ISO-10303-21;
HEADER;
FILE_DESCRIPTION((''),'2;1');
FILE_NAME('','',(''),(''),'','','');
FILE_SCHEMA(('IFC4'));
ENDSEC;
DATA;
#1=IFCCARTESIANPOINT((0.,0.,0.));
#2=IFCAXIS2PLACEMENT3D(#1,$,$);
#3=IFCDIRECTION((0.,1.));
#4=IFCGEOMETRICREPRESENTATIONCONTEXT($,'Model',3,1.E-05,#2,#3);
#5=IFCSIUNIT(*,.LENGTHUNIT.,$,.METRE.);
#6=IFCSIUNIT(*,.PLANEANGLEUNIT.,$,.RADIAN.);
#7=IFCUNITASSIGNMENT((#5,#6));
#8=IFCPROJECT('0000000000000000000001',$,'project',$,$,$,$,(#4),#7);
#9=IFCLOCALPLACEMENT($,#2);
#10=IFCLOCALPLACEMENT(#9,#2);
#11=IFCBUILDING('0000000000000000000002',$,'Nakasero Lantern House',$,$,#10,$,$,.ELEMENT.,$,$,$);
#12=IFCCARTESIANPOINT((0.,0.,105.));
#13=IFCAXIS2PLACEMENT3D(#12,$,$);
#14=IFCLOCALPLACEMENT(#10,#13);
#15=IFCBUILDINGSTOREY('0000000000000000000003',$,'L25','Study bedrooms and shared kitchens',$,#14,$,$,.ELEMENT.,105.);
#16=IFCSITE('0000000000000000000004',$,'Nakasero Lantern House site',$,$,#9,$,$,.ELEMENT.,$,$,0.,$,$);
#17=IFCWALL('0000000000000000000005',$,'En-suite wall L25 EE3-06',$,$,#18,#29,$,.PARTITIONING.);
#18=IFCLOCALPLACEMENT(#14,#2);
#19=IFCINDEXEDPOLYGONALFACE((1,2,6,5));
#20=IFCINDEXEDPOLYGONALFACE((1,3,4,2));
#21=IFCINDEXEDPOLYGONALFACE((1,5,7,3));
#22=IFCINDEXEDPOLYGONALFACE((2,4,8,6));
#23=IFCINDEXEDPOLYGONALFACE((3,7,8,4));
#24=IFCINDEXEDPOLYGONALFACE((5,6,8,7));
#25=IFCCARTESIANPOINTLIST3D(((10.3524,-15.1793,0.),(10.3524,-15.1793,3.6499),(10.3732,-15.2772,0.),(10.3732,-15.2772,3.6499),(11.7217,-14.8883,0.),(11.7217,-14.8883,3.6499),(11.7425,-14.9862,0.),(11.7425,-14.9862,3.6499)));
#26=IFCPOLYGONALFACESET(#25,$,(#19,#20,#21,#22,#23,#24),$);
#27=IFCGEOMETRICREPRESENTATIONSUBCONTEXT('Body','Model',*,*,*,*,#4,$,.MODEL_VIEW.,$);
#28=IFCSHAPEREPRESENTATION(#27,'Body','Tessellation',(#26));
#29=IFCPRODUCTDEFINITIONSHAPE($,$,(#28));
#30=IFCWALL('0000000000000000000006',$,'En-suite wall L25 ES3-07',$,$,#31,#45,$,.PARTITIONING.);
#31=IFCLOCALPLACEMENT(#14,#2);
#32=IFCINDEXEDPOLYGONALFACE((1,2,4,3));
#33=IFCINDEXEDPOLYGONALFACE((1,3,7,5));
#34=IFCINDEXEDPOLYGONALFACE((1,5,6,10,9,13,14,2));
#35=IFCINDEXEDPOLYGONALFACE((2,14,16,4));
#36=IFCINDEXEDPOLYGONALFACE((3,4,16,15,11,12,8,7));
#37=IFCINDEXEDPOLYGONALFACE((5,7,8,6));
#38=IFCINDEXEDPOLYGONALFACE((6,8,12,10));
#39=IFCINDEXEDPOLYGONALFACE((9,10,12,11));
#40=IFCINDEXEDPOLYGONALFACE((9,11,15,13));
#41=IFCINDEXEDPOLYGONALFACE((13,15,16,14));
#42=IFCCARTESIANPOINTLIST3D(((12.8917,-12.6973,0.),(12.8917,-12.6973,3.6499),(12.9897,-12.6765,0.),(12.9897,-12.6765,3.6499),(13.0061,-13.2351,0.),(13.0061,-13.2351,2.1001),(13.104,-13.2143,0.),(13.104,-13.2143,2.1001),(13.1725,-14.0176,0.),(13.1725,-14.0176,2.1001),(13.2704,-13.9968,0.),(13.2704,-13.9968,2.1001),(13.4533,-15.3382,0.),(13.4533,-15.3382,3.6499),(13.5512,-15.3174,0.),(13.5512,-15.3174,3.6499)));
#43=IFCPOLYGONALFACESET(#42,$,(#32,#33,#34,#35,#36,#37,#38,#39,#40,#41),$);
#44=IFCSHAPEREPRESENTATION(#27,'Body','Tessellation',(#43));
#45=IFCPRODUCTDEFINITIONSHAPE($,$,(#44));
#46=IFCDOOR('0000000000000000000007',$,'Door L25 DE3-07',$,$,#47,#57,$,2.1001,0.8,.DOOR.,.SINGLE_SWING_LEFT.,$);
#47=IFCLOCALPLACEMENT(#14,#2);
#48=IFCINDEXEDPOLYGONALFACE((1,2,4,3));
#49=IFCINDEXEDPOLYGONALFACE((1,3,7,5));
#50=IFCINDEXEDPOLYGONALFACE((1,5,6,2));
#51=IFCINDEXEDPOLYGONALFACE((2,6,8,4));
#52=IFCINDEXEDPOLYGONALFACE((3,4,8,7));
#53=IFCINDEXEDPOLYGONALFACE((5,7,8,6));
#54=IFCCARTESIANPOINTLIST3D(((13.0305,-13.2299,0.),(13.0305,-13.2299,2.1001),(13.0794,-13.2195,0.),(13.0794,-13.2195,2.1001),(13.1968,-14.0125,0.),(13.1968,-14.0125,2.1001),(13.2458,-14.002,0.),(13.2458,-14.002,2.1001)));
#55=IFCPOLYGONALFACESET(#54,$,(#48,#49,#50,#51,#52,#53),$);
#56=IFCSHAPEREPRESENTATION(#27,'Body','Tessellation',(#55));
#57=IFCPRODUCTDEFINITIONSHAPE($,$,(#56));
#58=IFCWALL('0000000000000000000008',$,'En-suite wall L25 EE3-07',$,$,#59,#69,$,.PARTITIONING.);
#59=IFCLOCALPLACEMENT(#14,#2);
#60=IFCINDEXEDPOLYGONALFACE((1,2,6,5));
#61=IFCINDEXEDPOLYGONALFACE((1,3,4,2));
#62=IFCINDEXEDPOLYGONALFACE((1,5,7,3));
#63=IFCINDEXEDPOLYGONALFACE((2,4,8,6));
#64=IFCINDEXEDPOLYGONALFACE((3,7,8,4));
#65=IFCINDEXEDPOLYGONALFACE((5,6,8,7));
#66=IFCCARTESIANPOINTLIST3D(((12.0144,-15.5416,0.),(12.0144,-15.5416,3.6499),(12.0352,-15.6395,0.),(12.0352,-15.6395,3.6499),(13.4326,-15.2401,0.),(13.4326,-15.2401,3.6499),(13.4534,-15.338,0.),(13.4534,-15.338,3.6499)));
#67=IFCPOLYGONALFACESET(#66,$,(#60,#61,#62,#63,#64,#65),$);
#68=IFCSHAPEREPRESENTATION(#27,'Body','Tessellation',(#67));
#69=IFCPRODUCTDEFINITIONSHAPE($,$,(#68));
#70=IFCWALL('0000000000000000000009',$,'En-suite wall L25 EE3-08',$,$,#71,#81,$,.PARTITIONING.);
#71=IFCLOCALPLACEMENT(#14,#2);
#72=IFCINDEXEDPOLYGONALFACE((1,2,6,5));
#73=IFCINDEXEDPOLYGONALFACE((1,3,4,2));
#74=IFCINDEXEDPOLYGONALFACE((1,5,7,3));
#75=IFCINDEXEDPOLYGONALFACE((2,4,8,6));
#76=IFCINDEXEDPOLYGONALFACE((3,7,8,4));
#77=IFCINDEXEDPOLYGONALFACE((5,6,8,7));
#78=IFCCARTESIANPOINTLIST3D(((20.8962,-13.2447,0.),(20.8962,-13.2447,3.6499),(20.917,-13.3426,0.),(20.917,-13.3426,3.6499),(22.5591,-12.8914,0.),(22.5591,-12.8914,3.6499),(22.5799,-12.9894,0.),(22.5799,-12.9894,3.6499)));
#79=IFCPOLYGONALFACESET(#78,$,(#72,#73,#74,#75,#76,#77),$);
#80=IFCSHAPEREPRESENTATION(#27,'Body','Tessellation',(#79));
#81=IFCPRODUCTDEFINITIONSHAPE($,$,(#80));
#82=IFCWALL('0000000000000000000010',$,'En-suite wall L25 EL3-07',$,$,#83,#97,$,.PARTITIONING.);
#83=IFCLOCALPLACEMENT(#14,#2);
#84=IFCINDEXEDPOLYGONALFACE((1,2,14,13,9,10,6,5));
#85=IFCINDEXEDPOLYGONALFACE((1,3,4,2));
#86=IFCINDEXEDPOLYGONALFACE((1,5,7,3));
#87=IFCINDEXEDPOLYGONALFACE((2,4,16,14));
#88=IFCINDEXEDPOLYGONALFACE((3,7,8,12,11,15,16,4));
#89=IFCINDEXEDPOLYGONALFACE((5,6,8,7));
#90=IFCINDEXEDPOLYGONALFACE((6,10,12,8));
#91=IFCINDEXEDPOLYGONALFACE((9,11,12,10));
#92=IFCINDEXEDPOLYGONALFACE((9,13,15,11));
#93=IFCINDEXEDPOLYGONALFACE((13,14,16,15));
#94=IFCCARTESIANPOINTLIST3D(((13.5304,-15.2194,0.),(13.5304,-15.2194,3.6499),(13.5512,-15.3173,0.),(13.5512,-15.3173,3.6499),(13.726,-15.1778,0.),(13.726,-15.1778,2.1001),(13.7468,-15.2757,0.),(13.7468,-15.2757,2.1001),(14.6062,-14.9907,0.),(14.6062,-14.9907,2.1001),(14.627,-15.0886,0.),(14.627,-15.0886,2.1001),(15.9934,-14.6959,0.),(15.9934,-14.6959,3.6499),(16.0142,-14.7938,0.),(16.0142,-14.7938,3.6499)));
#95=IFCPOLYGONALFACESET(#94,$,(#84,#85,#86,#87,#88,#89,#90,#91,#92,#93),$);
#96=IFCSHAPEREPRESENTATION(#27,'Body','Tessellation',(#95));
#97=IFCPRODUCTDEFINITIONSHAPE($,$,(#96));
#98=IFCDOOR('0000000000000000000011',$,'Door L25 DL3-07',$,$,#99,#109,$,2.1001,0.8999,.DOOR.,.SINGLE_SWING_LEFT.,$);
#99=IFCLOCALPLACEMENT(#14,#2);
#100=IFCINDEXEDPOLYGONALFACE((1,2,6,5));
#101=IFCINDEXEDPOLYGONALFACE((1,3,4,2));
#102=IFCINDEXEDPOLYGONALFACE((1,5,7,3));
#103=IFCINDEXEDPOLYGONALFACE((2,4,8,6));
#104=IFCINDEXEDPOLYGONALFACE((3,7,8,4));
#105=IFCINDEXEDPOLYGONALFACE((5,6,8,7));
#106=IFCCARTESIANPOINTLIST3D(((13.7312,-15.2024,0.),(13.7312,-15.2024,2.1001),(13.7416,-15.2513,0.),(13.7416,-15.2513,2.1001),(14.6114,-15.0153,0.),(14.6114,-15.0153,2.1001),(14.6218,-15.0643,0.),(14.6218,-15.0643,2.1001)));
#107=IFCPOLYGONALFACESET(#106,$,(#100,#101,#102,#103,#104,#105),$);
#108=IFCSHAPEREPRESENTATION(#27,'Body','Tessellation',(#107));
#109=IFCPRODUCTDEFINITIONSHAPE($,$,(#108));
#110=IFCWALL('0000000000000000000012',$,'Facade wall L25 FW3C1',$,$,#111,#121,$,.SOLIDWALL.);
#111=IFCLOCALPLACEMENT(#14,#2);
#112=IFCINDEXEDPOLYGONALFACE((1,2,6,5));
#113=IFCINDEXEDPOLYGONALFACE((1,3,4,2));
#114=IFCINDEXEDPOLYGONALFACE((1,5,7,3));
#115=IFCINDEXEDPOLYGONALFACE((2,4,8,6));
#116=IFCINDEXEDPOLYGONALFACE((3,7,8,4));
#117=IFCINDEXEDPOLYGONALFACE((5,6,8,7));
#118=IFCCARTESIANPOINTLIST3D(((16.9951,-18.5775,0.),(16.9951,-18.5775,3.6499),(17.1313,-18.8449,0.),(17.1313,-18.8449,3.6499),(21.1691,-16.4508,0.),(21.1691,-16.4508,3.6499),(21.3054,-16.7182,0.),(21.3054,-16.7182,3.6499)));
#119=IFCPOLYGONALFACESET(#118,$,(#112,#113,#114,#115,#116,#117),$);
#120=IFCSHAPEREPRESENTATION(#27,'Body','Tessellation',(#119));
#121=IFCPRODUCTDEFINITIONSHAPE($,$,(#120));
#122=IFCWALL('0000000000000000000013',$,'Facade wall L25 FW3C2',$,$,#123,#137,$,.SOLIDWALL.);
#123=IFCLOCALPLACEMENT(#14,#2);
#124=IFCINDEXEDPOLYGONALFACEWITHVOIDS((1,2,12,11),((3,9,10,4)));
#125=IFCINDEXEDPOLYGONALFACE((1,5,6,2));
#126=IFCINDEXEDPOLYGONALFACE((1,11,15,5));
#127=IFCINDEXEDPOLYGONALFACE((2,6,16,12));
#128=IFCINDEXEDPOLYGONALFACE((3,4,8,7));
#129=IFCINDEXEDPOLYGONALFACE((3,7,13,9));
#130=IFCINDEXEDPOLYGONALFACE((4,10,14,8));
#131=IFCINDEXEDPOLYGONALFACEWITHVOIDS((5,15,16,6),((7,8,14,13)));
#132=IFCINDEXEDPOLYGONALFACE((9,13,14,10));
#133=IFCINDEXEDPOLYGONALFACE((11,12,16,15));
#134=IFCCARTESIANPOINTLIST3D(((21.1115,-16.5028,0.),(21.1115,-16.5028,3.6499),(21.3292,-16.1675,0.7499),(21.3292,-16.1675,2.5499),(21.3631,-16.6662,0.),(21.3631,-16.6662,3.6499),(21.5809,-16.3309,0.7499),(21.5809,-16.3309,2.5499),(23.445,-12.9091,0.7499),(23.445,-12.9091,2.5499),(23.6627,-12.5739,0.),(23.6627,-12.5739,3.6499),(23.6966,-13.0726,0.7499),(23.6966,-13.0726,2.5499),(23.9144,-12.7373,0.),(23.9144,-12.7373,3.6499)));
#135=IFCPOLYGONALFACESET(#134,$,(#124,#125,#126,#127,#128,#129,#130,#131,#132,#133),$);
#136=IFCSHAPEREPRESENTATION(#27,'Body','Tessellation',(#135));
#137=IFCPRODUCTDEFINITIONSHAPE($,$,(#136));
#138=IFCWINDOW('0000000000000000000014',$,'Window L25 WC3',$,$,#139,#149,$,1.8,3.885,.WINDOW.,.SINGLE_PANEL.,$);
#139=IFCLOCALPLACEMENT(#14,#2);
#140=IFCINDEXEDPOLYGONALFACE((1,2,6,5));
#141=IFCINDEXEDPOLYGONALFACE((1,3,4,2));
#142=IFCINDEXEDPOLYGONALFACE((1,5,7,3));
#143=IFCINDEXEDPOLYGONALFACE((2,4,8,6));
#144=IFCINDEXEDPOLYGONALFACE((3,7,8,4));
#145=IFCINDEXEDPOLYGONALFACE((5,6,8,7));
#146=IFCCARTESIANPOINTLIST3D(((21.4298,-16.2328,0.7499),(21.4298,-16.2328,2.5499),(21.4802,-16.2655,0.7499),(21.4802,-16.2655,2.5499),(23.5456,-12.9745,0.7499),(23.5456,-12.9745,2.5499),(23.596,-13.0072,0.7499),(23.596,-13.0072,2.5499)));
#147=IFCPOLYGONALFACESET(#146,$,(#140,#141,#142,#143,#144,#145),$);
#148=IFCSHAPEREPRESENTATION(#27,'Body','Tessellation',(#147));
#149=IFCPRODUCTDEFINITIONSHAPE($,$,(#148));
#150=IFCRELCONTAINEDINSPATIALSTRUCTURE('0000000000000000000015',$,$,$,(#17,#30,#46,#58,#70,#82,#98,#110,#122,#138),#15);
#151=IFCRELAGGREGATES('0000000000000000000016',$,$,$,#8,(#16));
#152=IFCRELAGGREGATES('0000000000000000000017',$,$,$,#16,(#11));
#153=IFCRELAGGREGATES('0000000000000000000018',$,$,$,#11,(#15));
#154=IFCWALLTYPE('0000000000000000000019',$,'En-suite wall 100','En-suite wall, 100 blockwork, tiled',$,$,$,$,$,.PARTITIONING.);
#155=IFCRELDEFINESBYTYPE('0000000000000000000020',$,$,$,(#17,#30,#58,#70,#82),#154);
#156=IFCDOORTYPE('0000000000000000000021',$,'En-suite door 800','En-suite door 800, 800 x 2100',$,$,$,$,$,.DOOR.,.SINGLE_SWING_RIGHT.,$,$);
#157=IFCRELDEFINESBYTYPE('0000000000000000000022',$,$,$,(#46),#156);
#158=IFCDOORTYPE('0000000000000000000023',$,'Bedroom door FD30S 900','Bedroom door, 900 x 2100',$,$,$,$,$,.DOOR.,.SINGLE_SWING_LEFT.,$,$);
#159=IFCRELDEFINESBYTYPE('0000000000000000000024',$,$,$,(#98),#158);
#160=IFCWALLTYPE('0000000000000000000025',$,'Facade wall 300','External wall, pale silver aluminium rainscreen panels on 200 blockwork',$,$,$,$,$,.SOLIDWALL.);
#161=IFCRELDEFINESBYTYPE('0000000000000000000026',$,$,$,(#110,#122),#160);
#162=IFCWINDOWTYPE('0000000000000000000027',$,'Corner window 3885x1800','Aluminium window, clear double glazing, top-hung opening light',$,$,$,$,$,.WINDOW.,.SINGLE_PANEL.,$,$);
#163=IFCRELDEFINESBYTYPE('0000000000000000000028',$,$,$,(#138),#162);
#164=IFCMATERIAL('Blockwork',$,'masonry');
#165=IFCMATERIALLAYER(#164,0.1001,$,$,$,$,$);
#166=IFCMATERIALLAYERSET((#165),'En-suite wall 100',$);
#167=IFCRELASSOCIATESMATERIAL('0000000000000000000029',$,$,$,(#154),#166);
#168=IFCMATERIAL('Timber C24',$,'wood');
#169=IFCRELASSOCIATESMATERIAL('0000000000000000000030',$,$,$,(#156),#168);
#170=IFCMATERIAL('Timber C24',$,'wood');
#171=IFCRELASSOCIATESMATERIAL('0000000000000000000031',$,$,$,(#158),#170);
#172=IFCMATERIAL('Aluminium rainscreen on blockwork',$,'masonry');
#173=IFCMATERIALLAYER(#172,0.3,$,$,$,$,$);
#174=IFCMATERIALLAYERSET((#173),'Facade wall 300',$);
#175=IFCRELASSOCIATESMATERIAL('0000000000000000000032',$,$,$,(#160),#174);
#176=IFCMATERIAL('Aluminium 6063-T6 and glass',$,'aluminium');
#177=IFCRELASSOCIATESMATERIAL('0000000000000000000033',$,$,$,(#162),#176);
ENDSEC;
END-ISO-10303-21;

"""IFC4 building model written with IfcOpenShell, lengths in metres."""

from ifc_helpers import new_model, si_unit, direction, frame, frame_2d, origin, place, context, subcontext, project, spatial, rectangle, extrude, material, layer, layer_set, type_object, element, fill, save


model = new_model("IFC4")

# Units and contexts
model_context = context("Model", 3, precision=1e-05, world=origin(), true_north=direction((0.0, 1.0)))
body_context = subcontext(model_context, "Body", "Model", "MODEL_VIEW")
ifc_project = project(units=[si_unit("LENGTHUNIT", "METRE"), si_unit("PLANEANGLEUNIT", "RADIAN")], contexts=[model_context])

# Site, building, storey
site_placement = place(None, origin())
site = spatial("IfcSite", under=ifc_project, at=site_placement, Name="Nakasero Lantern House site", CompositionType="ELEMENT", RefElevation=0.0)
building_placement = place(site_placement, origin())
building = spatial("IfcBuilding", under=site, at=building_placement, Name="Nakasero Lantern House", CompositionType="ELEMENT")
storey_placement = place(building_placement, frame((0.0, 0.0, 105.0)))
storey = spatial("IfcBuildingStorey", under=building, at=storey_placement, Name="L25", Description="Study bedrooms and shared kitchens", CompositionType="ELEMENT", Elevation=105.0)

# Shared definitions
ifc_material_1 = material(Name="Blockwork", Category="masonry")
ifc_layer_1 = layer(ifc_material_1, 0.1001)
ifc_layer_set_1 = layer_set([ifc_layer_1], Name="En-suite wall 100")
wall_type_1 = type_object("IfcWallType", Name="En-suite wall 100", Description="En-suite wall, 100 blockwork, tiled", PredefinedType="PARTITIONING", material=ifc_layer_set_1)
ifc_material_2 = material(Name="Timber C24", Category="wood")
door_type_1 = type_object("IfcDoorType", Name="En-suite door 800", Description="En-suite door 800, 800 x 2100", OperationType="SINGLE_SWING_RIGHT", PredefinedType="DOOR", material=ifc_material_2)

# Wall
wall_1_placement = place(storey_placement, frame((10.3628, -15.2283, 0.0), z_axis=(0.0, 0.0, 1.0), x_axis=(0.978156, 0.207873, 0.0)))
element("IfcWall", 1, at=wall_1_placement, inside=storey, type_object=wall_type_1, Name="En-suite wall L25 EE3-06", PredefinedType="PARTITIONING", context=body_context, shape_type="SweptSolid", body=[
    extrude(rectangle(XDim=1.3999, YDim=0.1001, at=frame_2d((0.7, 0.0))), origin(), (0.0, 0.0, 1.0), 3.6499),
])

# Wall, opening, door
wall_2_placement = place(storey_placement, frame((12.9407, -12.6868, 0.0), z_axis=(0.0, 0.0, 1.0), x_axis=(0.207979, -0.978133, 0.0)))
wall_2 = element("IfcWall", 2, at=wall_2_placement, inside=storey, type_object=wall_type_1, Name="En-suite wall L25 ES3-07", PredefinedType="PARTITIONING", context=body_context, shape_type="SweptSolid", body=[
    extrude(rectangle(XDim=2.7, YDim=0.1001, at=frame_2d((1.3501, 0.0))), origin(), (0.0, 0.0, 1.0), 3.6499),
])
opening_1_placement = place(wall_2_placement, frame((0.55, 0.0, 0.0)))
opening_1 = element("IfcOpeningElement", 3, at=opening_1_placement, cuts=wall_2, PredefinedType="OPENING", context=body_context, shape_type="SweptSolid", body=[
    extrude(rectangle(XDim=0.8, YDim=2.1001, at=frame_2d((0.3999, 1.05))), frame((0.0, 0.0701, 0.0), z_axis=(0.0, -1.0, 0.0), x_axis=(1.0, 0.0, 0.0)), (0.0, 0.0, 1.0), 0.1401),
])
door_1_placement = place(opening_1_placement, origin())
door_1 = element("IfcDoor", 4, at=door_1_placement, inside=storey, type_object=door_type_1, Name="Door L25 DE3-07", OperationType="SINGLE_SWING_LEFT", OverallHeight=2.1001, OverallWidth=0.8, PredefinedType="DOOR", context=body_context, shape_type="SweptSolid", body=[
    extrude(rectangle(XDim=0.8, YDim=2.1001, at=frame_2d((0.3999, 1.05))), frame((0.0, 0.0249, 0.0), z_axis=(0.0, -1.0, 0.0), x_axis=(1.0, 0.0, 0.0)), (0.0, 0.0, 1.0), 0.05),
])
fill(opening_1, door_1)

# Walls
wall_3_placement = place(storey_placement, frame((12.0247, -15.5906, 0.0), z_axis=(0.0, 0.0, 1.0), x_axis=(0.978139, 0.207953, 0.0)))
element("IfcWall", 5, at=wall_3_placement, inside=storey, type_object=wall_type_1, Name="En-suite wall L25 EE3-07", PredefinedType="PARTITIONING", context=body_context, shape_type="SweptSolid", body=[
    extrude(rectangle(XDim=1.45, YDim=0.1001, at=frame_2d((0.7251, 0.0))), origin(), (0.0, 0.0, 1.0), 3.6499),
])
wall_4_placement = place(storey_placement, frame((20.9065, -13.2937, 0.0), z_axis=(0.0, 0.0, 1.0), x_axis=(0.978169, 0.207812, 0.0)))
element("IfcWall", 6, at=wall_4_placement, inside=storey, type_object=wall_type_1, Name="En-suite wall L25 EE3-08", PredefinedType="PARTITIONING", context=body_context, shape_type="SweptSolid", body=[
    extrude(rectangle(XDim=1.7, YDim=0.1001, at=frame_2d((0.8501, 0.0))), origin(), (0.0, 0.0, 1.0), 3.6499),
])

# Wall, opening, door
wall_5_placement = place(storey_placement, frame((13.5408, -15.2683, 0.0), z_axis=(0.0, 0.0, 1.0), x_axis=(0.978157, 0.207867, 0.0)))
wall_5 = element("IfcWall", 7, at=wall_5_placement, inside=storey, type_object=wall_type_1, Name="En-suite wall L25 EL3-07", PredefinedType="PARTITIONING", context=body_context, shape_type="SweptSolid", body=[
    extrude(rectangle(XDim=2.5181, YDim=0.1001, at=frame_2d((1.259, 0.0))), origin(), (0.0, 0.0, 1.0), 3.6499),
])
opening_2_placement = place(wall_5_placement, frame((0.2, 0.0, 0.0)))
opening_2 = element("IfcOpeningElement", 8, at=opening_2_placement, cuts=wall_5, PredefinedType="OPENING", context=body_context, shape_type="SweptSolid", body=[
    extrude(rectangle(XDim=0.8999, YDim=2.1001, at=frame_2d((0.45, 1.05))), frame((0.0, 0.0701, 0.0), z_axis=(0.0, -1.0, 0.0), x_axis=(1.0, 0.0, 0.0)), (0.0, 0.0, 1.0), 0.1401),
])
ifc_material_3 = material(Name="Timber C24", Category="wood")
door_type_2 = type_object("IfcDoorType", Name="Bedroom door FD30S 900", Description="Bedroom door, 900 x 2100", OperationType="SINGLE_SWING_LEFT", PredefinedType="DOOR", material=ifc_material_3)
door_2_placement = place(opening_2_placement, origin())
door_2 = element("IfcDoor", 9, at=door_2_placement, inside=storey, type_object=door_type_2, Name="Door L25 DL3-07", OperationType="SINGLE_SWING_LEFT", OverallHeight=2.1001, OverallWidth=0.8999, PredefinedType="DOOR", context=body_context, shape_type="SweptSolid", body=[
    extrude(rectangle(XDim=0.8999, YDim=2.1001, at=frame_2d((0.45, 1.05))), frame((0.0, 0.0249, 0.0), z_axis=(0.0, -1.0, 0.0), x_axis=(1.0, 0.0, 0.0)), (0.0, 0.0, 1.0), 0.05),
])
fill(opening_2, door_2)

# Wall
ifc_material_4 = material(Name="Aluminium rainscreen on blockwork", Category="masonry")
ifc_layer_2 = layer(ifc_material_4, 0.3)
ifc_layer_set_2 = layer_set([ifc_layer_2], Name="Facade wall 300")
wall_type_2 = type_object("IfcWallType", Name="Facade wall 300", Description="External wall, pale silver aluminium rainscreen panels on 200 blockwork", PredefinedType="SOLIDWALL", material=ifc_layer_set_2)
wall_6_placement = place(storey_placement, frame((17.0632, -18.7112, 0.0), z_axis=(0.0, 0.0, 1.0), x_axis=(0.891014, 0.453976, 0.0)))
element("IfcWall", 10, at=wall_6_placement, inside=storey, type_object=wall_type_2, Name="Facade wall L25 FW3C1", PredefinedType="SOLIDWALL", context=body_context, shape_type="SweptSolid", body=[
    extrude(rectangle(XDim=4.6846, YDim=0.3, at=frame_2d((2.3423, 0.0))), origin(), (0.0, 0.0, 1.0), 3.6499),
])

# Wall, opening, window
wall_7_placement = place(storey_placement, frame((21.2373, -16.5845, 0.0), z_axis=(0.0, 0.0, 1.0), x_axis=(0.544605, 0.838692, 0.0)))
wall_7 = element("IfcWall", 11, at=wall_7_placement, inside=storey, type_object=wall_type_2, Name="Facade wall L25 FW3C2", PredefinedType="SOLIDWALL", context=body_context, shape_type="SweptSolid", body=[
    extrude(rectangle(XDim=4.6846, YDim=0.3, at=frame_2d((2.3423, 0.0))), origin(), (0.0, 0.0, 1.0), 3.6499),
])
opening_3_placement = place(wall_7_placement, frame((0.3999, 0.0, 0.75)))
opening_3 = element("IfcOpeningElement", 12, at=opening_3_placement, cuts=wall_7, PredefinedType="OPENING", context=body_context, shape_type="SweptSolid", body=[
    extrude(rectangle(XDim=3.885, YDim=1.8, at=frame_2d((1.9424, 0.8999))), frame((0.0, 0.1699, 0.0), z_axis=(0.0, -1.0, 0.0), x_axis=(1.0, 0.0, 0.0)), (0.0, 0.0, 1.0), 0.3401),
])
ifc_material_5 = material(Name="Aluminium 6063-T6 and glass", Category="aluminium")
window_type_1 = type_object("IfcWindowType", Name="Corner window 3885x1800", Description="Aluminium window, clear double glazing, top-hung opening light", PartitioningType="SINGLE_PANEL", PredefinedType="WINDOW", material=ifc_material_5)
window_1_placement = place(opening_3_placement, origin())
window_1 = element("IfcWindow", 13, at=window_1_placement, inside=storey, type_object=window_type_1, Name="Window L25 WC3", OverallHeight=1.8, OverallWidth=3.885, PartitioningType="SINGLE_PANEL", PredefinedType="WINDOW", context=body_context, shape_type="SweptSolid", body=[
    extrude(rectangle(XDim=3.885, YDim=1.8, at=frame_2d((1.9424, 0.8999))), frame((0.0, 0.03, 0.0), z_axis=(0.0, -1.0, 0.0), x_axis=(1.0, 0.0, 0.0)), (0.0, 0.0, 1.0), 0.0601),
])
fill(opening_3, window_1)

save(model, "model.ifc")
